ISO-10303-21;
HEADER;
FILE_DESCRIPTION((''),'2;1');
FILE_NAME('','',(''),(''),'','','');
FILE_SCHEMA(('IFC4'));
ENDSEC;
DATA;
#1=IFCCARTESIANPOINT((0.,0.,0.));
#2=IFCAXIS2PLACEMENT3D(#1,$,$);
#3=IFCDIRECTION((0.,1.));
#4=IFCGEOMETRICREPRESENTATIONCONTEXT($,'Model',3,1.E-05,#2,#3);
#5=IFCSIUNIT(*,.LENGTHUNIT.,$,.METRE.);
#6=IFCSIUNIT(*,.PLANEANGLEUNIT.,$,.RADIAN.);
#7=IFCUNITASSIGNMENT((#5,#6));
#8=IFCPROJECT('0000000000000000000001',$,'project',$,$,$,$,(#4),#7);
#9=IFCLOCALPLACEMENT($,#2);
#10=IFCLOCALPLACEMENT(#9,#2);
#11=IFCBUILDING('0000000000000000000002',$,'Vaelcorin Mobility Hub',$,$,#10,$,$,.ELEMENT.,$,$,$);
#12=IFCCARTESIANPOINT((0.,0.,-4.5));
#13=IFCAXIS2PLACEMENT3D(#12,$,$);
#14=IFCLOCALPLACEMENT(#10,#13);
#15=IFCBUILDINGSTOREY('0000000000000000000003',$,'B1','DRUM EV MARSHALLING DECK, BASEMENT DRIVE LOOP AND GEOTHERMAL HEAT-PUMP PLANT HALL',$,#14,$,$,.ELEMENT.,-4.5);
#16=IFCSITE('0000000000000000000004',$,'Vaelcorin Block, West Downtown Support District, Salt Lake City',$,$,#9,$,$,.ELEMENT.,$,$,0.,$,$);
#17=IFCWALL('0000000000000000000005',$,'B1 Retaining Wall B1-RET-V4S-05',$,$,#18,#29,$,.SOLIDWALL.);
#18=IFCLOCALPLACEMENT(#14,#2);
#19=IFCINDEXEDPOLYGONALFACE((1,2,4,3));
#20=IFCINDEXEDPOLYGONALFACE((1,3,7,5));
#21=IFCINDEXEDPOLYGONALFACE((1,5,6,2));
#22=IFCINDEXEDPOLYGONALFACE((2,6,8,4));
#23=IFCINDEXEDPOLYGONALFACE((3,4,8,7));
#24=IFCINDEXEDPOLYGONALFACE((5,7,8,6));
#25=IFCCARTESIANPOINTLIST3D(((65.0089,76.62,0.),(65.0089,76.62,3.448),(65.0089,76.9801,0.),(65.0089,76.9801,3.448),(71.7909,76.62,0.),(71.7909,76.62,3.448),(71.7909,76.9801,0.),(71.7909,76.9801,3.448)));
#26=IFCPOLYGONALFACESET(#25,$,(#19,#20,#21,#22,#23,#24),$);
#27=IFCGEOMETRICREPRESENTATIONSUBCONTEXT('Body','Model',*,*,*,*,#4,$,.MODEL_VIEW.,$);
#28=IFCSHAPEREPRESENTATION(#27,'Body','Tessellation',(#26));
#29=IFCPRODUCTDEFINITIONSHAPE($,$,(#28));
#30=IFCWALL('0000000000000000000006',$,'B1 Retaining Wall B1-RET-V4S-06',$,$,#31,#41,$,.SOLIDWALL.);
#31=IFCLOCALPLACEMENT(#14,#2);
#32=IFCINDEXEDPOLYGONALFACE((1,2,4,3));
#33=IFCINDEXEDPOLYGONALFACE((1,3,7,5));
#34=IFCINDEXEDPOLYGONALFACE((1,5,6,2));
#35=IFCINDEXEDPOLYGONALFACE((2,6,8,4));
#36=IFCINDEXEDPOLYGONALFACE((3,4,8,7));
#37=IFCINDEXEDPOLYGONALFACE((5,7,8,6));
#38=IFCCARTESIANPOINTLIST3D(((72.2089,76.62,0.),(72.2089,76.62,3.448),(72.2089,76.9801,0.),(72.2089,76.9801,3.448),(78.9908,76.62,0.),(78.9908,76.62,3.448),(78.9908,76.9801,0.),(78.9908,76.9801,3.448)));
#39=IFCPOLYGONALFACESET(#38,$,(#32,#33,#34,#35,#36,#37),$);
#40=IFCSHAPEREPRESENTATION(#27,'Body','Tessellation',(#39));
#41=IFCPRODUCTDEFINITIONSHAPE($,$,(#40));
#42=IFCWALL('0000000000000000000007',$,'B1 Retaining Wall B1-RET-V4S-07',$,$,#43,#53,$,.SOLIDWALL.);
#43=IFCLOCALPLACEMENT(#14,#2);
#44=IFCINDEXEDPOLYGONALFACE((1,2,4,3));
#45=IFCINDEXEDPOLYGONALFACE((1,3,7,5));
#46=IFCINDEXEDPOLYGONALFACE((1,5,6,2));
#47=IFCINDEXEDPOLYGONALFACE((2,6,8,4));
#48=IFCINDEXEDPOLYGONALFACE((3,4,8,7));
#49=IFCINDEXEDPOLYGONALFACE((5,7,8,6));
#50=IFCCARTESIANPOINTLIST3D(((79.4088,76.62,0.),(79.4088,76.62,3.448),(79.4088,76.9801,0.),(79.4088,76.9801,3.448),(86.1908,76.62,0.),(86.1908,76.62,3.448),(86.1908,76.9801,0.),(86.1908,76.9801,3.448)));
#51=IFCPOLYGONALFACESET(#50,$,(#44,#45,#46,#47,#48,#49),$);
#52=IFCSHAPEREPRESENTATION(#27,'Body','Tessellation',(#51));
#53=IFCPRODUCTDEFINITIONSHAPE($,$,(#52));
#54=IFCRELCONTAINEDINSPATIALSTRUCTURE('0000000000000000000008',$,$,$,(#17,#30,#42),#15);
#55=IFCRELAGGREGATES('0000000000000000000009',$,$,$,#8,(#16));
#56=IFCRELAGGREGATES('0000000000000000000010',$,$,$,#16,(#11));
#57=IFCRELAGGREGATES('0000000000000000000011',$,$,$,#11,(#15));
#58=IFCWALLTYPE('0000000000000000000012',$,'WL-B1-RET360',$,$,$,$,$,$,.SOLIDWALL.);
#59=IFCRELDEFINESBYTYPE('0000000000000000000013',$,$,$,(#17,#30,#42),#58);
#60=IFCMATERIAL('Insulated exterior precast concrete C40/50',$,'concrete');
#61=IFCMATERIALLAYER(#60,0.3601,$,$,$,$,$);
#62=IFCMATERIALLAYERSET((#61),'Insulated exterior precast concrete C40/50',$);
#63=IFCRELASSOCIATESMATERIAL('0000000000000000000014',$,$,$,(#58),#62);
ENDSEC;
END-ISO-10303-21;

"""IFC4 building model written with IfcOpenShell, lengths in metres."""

from ifc_helpers import new_model, si_unit, direction, frame, frame_2d, origin, place, context, subcontext, project, spatial, rectangle, extrude, material, layer, layer_set, type_object, element, save


model = new_model("IFC4")

# Units and contexts
model_context = context("Model", 3, precision=1e-05, world=origin(), true_north=direction((0.0, 1.0)))
body_context = subcontext(model_context, "Body", "Model", "MODEL_VIEW")
ifc_project = project(units=[si_unit("LENGTHUNIT", "METRE"), si_unit("PLANEANGLEUNIT", "RADIAN")], contexts=[model_context])

# Site, building, storey
site_placement = place(None, origin())
site = spatial("IfcSite", under=ifc_project, at=site_placement, Name="Vaelcorin Block, West Downtown Support District, Salt Lake City", CompositionType="ELEMENT", RefElevation=0.0)
building_placement = place(site_placement, origin())
building = spatial("IfcBuilding", under=site, at=building_placement, Name="Vaelcorin Mobility Hub", CompositionType="ELEMENT")
storey_placement = place(building_placement, frame((0.0, 0.0, -4.5)))
storey = spatial("IfcBuildingStorey", under=building, at=storey_placement, Name="B1", Description="DRUM EV MARSHALLING DECK, BASEMENT DRIVE LOOP AND GEOTHERMAL HEAT-PUMP PLANT HALL", CompositionType="ELEMENT", Elevation=-4.5)

# Walls
ifc_material_1 = material(Name="Insulated exterior precast concrete C40/50", Category="concrete")
ifc_layer = layer(ifc_material_1, 0.3601)
ifc_layer_set = layer_set([ifc_layer], Name="Insulated exterior precast concrete C40/50")
wall_type = type_object("IfcWallType", Name="WL-B1-RET360", PredefinedType="SOLIDWALL", material=ifc_layer_set)
for number, where, z_axis, x_axis, name in (
    (1, (71.791, 76.8, 0.0), (0.0, 0.0, 1.0), (-1.0, 0.0, 0.0), "B1 Retaining Wall B1-RET-V4S-05"),
    (2, (78.991, 76.8, 0.0), (0.0, 0.0, 1.0), (-1.0, 0.0, 0.0), "B1 Retaining Wall B1-RET-V4S-06"),
    (3, (86.1909, 76.8, 0.0), (0.0, 0.0, 1.0), (-1.0, 0.0, 0.0), "B1 Retaining Wall B1-RET-V4S-07"),
):
    element("IfcWall", number, at=place(storey_placement, frame(where, z_axis=z_axis, x_axis=x_axis)), inside=storey, type_object=wall_type, Name=name, PredefinedType="SOLIDWALL", context=body_context, shape_type="SweptSolid", body=[
        extrude(rectangle(XDim=6.782, YDim=0.3601, at=frame_2d((3.3911, 0.0))), origin(), (0.0, 0.0, 1.0), 3.448),
    ])

save(model, "model.ifc")
